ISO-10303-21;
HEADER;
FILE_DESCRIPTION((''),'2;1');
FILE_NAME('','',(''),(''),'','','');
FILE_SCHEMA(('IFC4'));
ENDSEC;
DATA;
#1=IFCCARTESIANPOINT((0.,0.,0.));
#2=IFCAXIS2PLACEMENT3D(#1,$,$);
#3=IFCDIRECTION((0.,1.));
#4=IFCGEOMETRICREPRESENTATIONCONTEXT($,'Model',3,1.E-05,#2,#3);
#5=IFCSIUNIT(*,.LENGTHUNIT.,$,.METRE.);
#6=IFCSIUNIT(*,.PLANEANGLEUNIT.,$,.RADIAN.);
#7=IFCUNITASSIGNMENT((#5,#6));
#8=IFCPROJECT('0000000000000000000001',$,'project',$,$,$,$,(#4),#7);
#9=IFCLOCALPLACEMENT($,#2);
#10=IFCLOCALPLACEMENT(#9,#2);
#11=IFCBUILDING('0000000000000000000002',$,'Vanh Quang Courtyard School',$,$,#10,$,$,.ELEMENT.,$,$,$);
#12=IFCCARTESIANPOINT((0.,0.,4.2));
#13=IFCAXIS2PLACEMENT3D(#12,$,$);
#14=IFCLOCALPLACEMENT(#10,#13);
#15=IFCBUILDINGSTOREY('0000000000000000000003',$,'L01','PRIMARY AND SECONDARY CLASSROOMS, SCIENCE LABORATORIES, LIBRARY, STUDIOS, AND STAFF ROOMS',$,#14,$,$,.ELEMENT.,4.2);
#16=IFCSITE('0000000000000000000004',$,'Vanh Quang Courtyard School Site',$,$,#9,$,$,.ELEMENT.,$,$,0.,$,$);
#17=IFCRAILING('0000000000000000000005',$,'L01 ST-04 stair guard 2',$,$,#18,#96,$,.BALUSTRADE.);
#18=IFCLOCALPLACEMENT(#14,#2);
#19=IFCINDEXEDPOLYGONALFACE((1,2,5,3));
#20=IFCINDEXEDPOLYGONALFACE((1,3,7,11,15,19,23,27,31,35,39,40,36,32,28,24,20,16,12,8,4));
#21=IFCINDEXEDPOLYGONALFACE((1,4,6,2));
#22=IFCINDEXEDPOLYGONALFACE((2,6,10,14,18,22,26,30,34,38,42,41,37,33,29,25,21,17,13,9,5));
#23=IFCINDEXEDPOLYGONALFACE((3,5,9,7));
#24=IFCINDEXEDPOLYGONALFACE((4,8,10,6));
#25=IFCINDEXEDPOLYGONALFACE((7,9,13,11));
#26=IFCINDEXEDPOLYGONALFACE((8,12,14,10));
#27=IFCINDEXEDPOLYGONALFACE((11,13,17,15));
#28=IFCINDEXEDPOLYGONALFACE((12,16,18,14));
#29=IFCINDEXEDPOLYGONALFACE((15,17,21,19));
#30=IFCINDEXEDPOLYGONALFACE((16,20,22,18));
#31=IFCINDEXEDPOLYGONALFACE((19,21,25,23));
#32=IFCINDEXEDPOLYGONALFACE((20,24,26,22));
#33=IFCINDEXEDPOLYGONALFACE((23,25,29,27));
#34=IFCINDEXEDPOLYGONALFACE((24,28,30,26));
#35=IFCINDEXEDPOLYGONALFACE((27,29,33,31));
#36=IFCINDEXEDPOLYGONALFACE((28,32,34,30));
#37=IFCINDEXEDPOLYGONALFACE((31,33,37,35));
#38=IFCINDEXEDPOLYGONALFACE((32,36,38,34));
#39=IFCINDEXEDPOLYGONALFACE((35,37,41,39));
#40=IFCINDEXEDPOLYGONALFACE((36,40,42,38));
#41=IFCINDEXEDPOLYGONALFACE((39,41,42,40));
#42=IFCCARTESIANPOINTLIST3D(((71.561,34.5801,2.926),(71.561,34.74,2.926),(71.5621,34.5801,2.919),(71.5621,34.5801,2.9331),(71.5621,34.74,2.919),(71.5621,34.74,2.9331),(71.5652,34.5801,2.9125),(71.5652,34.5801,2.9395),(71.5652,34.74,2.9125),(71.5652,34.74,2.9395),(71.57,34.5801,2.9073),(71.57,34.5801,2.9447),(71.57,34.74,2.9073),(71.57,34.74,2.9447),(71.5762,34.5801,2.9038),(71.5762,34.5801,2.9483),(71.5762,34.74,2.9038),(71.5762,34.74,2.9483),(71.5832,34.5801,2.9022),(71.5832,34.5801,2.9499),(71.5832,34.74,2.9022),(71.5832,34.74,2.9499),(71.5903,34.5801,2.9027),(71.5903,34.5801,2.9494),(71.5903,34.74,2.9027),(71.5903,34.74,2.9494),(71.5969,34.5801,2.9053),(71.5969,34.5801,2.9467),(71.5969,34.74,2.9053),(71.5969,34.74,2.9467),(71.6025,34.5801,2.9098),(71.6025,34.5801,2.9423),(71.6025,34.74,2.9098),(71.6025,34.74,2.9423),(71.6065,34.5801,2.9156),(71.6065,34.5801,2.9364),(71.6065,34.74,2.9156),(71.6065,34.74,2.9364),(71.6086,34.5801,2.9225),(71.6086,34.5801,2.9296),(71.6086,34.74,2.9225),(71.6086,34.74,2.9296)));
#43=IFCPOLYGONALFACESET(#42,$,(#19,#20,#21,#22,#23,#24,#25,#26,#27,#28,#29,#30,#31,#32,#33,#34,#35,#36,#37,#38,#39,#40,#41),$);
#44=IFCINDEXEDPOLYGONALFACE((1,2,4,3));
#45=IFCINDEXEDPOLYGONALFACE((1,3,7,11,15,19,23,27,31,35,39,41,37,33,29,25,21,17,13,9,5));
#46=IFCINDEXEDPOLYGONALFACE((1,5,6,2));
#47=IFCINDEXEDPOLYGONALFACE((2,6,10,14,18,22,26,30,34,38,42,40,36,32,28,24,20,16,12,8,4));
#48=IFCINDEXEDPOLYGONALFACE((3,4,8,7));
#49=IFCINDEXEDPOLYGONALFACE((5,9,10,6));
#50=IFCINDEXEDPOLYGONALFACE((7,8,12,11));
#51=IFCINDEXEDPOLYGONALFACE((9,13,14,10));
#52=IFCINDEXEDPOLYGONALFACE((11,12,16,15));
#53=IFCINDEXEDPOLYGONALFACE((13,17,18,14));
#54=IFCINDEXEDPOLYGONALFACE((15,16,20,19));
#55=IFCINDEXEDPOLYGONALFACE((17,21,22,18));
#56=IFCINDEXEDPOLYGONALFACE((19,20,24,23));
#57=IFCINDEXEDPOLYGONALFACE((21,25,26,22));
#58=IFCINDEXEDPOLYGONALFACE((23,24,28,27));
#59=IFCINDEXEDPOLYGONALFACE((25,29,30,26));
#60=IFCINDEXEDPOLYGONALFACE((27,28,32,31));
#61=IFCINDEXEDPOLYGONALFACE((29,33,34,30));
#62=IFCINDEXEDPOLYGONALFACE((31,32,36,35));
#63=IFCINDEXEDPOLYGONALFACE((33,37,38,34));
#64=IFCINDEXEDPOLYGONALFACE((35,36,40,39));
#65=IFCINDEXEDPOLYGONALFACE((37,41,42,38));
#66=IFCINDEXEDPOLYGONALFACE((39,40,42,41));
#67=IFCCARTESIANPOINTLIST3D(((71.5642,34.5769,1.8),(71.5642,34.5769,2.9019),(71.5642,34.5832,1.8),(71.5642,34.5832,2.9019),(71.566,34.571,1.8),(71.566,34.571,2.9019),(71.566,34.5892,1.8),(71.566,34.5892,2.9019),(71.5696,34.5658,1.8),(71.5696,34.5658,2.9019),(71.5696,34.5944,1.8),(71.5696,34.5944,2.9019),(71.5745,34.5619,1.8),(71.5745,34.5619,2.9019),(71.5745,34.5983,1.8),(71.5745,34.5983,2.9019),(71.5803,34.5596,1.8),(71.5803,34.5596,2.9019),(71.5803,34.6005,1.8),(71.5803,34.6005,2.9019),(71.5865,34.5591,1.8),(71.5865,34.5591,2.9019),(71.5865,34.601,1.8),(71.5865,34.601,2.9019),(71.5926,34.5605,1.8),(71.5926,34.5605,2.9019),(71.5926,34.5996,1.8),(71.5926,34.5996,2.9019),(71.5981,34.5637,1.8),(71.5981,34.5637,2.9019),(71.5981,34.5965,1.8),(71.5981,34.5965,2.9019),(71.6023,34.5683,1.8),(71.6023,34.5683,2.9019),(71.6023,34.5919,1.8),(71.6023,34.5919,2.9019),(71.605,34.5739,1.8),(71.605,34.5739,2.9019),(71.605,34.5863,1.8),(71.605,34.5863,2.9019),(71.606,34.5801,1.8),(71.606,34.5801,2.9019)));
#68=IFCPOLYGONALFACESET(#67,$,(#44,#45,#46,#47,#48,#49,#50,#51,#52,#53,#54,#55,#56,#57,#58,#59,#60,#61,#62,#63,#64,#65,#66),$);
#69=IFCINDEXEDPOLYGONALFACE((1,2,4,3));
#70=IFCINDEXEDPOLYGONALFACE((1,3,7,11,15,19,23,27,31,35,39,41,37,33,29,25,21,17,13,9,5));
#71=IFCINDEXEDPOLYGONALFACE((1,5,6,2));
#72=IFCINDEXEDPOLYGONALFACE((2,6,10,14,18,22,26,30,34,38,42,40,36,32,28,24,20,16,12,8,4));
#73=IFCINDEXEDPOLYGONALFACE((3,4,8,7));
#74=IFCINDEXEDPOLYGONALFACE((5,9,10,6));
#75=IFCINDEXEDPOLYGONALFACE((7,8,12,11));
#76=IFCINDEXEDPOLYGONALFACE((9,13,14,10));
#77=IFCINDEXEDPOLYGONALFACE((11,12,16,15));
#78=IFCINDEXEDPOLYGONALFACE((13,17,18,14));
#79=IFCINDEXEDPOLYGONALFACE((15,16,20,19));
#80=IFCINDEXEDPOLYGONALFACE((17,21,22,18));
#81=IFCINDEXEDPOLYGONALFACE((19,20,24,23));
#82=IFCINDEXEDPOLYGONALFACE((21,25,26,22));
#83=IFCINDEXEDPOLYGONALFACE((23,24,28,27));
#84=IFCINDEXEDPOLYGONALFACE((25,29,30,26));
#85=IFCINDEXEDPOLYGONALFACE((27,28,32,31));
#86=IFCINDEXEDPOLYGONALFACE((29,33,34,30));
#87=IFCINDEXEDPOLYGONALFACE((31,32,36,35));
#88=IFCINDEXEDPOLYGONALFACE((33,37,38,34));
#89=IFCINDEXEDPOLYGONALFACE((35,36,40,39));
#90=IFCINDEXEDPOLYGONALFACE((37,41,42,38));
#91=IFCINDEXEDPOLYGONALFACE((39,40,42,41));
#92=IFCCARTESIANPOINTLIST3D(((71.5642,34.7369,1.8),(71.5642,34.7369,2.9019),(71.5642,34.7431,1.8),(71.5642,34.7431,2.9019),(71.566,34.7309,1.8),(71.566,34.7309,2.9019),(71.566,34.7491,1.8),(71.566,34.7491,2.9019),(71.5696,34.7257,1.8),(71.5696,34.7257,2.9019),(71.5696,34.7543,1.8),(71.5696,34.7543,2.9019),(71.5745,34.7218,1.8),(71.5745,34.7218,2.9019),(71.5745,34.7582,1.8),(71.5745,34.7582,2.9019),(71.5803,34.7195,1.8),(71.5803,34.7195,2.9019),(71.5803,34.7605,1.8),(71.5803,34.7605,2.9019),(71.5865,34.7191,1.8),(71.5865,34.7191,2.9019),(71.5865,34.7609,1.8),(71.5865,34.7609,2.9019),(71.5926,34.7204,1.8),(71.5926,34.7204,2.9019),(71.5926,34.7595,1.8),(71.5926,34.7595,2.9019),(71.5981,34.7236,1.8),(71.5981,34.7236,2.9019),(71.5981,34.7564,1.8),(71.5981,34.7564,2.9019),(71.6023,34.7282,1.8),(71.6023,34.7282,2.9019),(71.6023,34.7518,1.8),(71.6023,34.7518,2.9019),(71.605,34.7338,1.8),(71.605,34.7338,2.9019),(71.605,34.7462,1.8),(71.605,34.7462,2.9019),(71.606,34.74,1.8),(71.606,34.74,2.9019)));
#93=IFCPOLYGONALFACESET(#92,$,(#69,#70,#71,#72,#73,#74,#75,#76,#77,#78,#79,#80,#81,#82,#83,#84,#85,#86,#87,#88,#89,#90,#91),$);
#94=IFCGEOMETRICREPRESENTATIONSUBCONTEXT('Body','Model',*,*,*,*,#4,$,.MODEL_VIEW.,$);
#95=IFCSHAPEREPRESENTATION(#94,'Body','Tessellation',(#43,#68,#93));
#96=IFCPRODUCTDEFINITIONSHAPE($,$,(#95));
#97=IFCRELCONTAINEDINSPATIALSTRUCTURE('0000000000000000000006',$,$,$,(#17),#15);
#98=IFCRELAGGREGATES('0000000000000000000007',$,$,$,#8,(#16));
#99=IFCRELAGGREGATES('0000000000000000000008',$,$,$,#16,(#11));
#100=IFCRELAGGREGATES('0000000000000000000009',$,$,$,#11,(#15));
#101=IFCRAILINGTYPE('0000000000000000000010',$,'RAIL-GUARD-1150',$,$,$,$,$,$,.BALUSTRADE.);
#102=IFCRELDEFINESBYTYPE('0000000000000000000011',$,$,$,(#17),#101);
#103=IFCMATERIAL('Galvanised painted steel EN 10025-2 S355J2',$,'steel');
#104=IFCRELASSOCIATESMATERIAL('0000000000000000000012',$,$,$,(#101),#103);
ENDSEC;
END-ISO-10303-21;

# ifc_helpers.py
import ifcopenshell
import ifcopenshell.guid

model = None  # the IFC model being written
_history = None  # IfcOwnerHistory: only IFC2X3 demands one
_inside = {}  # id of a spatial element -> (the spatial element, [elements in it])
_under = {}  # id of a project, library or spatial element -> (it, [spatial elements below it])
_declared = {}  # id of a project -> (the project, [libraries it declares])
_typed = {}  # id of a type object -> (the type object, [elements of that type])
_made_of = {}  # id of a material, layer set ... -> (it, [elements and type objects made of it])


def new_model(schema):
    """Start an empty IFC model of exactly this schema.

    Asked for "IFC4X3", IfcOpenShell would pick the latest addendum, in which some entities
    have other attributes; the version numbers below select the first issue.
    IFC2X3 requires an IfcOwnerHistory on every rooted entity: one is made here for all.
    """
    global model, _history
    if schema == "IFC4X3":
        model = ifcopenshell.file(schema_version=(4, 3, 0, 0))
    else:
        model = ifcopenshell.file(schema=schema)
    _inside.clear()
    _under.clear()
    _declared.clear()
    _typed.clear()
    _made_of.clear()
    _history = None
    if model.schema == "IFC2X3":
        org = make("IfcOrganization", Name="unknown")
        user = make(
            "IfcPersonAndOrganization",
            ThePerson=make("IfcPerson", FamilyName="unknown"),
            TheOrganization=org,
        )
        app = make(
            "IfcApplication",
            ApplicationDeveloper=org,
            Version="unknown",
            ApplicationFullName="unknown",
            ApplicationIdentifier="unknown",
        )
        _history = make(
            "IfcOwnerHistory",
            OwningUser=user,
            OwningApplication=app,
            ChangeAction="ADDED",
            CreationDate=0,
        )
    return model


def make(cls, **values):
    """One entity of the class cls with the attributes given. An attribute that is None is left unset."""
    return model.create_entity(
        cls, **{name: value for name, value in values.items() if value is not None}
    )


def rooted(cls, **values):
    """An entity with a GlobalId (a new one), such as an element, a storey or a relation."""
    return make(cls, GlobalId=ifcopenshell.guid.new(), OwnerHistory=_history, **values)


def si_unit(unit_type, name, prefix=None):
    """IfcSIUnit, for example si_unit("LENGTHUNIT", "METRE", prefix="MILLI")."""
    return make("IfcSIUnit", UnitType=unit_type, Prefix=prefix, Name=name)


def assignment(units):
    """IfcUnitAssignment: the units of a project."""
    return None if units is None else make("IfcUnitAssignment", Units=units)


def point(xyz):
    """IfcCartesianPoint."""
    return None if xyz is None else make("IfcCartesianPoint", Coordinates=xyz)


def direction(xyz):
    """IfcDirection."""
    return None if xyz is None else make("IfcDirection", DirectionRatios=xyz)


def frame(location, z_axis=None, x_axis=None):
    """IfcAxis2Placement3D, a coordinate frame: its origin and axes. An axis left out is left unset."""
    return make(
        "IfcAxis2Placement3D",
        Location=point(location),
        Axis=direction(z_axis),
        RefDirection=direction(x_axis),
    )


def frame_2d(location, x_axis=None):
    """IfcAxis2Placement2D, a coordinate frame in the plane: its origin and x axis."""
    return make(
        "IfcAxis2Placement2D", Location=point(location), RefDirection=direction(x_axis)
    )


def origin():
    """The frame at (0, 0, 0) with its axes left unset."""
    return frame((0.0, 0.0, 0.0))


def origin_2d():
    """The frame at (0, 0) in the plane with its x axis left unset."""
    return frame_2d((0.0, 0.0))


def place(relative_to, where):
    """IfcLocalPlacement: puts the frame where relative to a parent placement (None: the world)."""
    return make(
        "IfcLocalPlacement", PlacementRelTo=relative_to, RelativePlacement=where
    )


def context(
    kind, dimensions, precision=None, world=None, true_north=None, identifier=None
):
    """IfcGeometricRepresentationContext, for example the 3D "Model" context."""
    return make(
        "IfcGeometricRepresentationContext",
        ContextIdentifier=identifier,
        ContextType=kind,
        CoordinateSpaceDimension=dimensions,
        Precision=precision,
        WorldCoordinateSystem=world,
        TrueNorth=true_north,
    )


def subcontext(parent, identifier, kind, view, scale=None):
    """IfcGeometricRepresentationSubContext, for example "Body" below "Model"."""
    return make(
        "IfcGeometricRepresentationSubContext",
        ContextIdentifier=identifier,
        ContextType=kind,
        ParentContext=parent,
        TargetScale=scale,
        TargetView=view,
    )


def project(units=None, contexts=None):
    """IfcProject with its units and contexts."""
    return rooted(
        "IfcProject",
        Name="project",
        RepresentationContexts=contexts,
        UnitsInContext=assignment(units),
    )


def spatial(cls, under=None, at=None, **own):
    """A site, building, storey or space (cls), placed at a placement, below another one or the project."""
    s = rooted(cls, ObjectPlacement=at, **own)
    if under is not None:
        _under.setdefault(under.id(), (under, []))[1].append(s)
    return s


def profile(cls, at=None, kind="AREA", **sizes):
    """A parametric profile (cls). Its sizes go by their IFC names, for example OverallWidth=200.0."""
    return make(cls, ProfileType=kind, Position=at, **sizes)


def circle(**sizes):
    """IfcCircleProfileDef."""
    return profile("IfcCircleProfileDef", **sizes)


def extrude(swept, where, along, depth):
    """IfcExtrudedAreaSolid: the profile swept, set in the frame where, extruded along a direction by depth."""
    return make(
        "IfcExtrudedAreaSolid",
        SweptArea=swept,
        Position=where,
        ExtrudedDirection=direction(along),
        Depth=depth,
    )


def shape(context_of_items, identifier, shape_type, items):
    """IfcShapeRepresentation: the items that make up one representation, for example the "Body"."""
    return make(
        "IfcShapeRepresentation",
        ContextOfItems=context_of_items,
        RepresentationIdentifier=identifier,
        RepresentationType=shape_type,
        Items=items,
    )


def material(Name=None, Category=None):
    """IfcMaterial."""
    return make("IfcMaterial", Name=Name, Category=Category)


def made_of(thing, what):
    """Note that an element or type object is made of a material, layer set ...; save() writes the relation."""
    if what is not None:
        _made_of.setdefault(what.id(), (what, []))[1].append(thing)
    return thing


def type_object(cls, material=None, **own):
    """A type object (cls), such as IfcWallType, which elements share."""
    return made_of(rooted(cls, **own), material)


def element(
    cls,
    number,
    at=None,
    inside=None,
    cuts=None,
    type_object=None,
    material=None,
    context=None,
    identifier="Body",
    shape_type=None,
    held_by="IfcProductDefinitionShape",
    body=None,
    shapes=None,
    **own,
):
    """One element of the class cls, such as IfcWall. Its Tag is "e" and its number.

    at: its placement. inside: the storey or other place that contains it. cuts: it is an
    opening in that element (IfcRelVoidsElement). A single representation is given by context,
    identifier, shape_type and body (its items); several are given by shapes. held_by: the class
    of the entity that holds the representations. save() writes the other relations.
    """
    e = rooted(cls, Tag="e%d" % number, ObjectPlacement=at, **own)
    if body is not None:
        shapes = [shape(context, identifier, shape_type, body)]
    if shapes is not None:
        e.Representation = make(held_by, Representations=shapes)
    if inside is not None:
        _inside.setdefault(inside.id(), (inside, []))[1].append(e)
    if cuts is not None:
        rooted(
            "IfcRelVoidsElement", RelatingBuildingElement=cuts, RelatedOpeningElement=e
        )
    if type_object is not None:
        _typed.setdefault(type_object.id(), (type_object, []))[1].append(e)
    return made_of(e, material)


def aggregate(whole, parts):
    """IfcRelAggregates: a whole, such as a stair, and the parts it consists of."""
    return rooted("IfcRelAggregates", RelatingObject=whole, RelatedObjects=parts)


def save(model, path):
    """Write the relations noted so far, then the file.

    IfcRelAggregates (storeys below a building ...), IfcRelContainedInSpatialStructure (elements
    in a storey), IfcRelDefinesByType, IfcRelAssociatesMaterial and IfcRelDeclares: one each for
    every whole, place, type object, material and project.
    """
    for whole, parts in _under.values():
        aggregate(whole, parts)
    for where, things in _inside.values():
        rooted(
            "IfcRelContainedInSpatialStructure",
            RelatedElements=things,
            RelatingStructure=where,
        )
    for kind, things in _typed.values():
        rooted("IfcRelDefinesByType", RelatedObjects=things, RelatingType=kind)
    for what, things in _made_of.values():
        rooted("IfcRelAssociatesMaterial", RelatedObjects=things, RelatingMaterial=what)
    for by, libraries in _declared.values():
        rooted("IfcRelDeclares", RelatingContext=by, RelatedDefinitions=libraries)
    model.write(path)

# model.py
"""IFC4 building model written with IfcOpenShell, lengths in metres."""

from ifc_helpers import new_model, si_unit, direction, frame, origin, origin_2d, place, context, subcontext, project, spatial, circle, extrude, material, type_object, element, save


model = new_model("IFC4")

# Units and contexts
model_context = context("Model", 3, precision=1e-05, world=origin(), true_north=direction((0.0, 1.0)))
body_context = subcontext(model_context, "Body", "Model", "MODEL_VIEW")
ifc_project = project(units=[si_unit("LENGTHUNIT", "METRE"), si_unit("PLANEANGLEUNIT", "RADIAN")], contexts=[model_context])

# Site, building, storey
site_placement = place(None, origin())
site = spatial("IfcSite", under=ifc_project, at=site_placement, Name="Vanh Quang Courtyard School Site", CompositionType="ELEMENT", RefElevation=0.0)
building_placement = place(site_placement, origin())
building = spatial("IfcBuilding", under=site, at=building_placement, Name="Vanh Quang Courtyard School", CompositionType="ELEMENT")
storey_placement = place(building_placement, frame((0.0, 0.0, 4.2)))
storey = spatial("IfcBuildingStorey", under=building, at=storey_placement, Name="L01", Description="PRIMARY AND SECONDARY CLASSROOMS, SCIENCE LABORATORIES, LIBRARY, STUDIOS, AND STAFF ROOMS", CompositionType="ELEMENT", Elevation=4.2)

# Railing
ifc_material_1 = material(Name="Galvanised painted steel EN 10025-2 S355J2", Category="steel")
railing_type_1 = type_object("IfcRailingType", Name="RAIL-GUARD-1150", PredefinedType="BALUSTRADE", material=ifc_material_1)
railing_1_placement = place(storey_placement, frame((71.585, 34.5801, 1.8)))
element("IfcRailing", 1, at=railing_1_placement, inside=storey, type_object=railing_type_1, Name="L01 ST-04 stair guard 2", PredefinedType="BALUSTRADE", context=body_context, shape_type="SweptSolid", body=[
    extrude(circle(Radius=0.0239, at=origin_2d()), frame((0.0, 0.0, 1.126), z_axis=(0.0, 1.0, 0.0), x_axis=(-1.0, 0.0, 0.0)), (0.0, 0.0, 1.0), 0.1599),
    extrude(circle(Radius=0.021, at=origin_2d()), origin(), (0.0, 0.0, 1.0), 1.1018),
    extrude(circle(Radius=0.021, at=origin_2d()), frame((0.0, 0.1599, 0.0)), (0.0, 0.0, 1.0), 1.1018),
])

save(model, "model.ifc")
